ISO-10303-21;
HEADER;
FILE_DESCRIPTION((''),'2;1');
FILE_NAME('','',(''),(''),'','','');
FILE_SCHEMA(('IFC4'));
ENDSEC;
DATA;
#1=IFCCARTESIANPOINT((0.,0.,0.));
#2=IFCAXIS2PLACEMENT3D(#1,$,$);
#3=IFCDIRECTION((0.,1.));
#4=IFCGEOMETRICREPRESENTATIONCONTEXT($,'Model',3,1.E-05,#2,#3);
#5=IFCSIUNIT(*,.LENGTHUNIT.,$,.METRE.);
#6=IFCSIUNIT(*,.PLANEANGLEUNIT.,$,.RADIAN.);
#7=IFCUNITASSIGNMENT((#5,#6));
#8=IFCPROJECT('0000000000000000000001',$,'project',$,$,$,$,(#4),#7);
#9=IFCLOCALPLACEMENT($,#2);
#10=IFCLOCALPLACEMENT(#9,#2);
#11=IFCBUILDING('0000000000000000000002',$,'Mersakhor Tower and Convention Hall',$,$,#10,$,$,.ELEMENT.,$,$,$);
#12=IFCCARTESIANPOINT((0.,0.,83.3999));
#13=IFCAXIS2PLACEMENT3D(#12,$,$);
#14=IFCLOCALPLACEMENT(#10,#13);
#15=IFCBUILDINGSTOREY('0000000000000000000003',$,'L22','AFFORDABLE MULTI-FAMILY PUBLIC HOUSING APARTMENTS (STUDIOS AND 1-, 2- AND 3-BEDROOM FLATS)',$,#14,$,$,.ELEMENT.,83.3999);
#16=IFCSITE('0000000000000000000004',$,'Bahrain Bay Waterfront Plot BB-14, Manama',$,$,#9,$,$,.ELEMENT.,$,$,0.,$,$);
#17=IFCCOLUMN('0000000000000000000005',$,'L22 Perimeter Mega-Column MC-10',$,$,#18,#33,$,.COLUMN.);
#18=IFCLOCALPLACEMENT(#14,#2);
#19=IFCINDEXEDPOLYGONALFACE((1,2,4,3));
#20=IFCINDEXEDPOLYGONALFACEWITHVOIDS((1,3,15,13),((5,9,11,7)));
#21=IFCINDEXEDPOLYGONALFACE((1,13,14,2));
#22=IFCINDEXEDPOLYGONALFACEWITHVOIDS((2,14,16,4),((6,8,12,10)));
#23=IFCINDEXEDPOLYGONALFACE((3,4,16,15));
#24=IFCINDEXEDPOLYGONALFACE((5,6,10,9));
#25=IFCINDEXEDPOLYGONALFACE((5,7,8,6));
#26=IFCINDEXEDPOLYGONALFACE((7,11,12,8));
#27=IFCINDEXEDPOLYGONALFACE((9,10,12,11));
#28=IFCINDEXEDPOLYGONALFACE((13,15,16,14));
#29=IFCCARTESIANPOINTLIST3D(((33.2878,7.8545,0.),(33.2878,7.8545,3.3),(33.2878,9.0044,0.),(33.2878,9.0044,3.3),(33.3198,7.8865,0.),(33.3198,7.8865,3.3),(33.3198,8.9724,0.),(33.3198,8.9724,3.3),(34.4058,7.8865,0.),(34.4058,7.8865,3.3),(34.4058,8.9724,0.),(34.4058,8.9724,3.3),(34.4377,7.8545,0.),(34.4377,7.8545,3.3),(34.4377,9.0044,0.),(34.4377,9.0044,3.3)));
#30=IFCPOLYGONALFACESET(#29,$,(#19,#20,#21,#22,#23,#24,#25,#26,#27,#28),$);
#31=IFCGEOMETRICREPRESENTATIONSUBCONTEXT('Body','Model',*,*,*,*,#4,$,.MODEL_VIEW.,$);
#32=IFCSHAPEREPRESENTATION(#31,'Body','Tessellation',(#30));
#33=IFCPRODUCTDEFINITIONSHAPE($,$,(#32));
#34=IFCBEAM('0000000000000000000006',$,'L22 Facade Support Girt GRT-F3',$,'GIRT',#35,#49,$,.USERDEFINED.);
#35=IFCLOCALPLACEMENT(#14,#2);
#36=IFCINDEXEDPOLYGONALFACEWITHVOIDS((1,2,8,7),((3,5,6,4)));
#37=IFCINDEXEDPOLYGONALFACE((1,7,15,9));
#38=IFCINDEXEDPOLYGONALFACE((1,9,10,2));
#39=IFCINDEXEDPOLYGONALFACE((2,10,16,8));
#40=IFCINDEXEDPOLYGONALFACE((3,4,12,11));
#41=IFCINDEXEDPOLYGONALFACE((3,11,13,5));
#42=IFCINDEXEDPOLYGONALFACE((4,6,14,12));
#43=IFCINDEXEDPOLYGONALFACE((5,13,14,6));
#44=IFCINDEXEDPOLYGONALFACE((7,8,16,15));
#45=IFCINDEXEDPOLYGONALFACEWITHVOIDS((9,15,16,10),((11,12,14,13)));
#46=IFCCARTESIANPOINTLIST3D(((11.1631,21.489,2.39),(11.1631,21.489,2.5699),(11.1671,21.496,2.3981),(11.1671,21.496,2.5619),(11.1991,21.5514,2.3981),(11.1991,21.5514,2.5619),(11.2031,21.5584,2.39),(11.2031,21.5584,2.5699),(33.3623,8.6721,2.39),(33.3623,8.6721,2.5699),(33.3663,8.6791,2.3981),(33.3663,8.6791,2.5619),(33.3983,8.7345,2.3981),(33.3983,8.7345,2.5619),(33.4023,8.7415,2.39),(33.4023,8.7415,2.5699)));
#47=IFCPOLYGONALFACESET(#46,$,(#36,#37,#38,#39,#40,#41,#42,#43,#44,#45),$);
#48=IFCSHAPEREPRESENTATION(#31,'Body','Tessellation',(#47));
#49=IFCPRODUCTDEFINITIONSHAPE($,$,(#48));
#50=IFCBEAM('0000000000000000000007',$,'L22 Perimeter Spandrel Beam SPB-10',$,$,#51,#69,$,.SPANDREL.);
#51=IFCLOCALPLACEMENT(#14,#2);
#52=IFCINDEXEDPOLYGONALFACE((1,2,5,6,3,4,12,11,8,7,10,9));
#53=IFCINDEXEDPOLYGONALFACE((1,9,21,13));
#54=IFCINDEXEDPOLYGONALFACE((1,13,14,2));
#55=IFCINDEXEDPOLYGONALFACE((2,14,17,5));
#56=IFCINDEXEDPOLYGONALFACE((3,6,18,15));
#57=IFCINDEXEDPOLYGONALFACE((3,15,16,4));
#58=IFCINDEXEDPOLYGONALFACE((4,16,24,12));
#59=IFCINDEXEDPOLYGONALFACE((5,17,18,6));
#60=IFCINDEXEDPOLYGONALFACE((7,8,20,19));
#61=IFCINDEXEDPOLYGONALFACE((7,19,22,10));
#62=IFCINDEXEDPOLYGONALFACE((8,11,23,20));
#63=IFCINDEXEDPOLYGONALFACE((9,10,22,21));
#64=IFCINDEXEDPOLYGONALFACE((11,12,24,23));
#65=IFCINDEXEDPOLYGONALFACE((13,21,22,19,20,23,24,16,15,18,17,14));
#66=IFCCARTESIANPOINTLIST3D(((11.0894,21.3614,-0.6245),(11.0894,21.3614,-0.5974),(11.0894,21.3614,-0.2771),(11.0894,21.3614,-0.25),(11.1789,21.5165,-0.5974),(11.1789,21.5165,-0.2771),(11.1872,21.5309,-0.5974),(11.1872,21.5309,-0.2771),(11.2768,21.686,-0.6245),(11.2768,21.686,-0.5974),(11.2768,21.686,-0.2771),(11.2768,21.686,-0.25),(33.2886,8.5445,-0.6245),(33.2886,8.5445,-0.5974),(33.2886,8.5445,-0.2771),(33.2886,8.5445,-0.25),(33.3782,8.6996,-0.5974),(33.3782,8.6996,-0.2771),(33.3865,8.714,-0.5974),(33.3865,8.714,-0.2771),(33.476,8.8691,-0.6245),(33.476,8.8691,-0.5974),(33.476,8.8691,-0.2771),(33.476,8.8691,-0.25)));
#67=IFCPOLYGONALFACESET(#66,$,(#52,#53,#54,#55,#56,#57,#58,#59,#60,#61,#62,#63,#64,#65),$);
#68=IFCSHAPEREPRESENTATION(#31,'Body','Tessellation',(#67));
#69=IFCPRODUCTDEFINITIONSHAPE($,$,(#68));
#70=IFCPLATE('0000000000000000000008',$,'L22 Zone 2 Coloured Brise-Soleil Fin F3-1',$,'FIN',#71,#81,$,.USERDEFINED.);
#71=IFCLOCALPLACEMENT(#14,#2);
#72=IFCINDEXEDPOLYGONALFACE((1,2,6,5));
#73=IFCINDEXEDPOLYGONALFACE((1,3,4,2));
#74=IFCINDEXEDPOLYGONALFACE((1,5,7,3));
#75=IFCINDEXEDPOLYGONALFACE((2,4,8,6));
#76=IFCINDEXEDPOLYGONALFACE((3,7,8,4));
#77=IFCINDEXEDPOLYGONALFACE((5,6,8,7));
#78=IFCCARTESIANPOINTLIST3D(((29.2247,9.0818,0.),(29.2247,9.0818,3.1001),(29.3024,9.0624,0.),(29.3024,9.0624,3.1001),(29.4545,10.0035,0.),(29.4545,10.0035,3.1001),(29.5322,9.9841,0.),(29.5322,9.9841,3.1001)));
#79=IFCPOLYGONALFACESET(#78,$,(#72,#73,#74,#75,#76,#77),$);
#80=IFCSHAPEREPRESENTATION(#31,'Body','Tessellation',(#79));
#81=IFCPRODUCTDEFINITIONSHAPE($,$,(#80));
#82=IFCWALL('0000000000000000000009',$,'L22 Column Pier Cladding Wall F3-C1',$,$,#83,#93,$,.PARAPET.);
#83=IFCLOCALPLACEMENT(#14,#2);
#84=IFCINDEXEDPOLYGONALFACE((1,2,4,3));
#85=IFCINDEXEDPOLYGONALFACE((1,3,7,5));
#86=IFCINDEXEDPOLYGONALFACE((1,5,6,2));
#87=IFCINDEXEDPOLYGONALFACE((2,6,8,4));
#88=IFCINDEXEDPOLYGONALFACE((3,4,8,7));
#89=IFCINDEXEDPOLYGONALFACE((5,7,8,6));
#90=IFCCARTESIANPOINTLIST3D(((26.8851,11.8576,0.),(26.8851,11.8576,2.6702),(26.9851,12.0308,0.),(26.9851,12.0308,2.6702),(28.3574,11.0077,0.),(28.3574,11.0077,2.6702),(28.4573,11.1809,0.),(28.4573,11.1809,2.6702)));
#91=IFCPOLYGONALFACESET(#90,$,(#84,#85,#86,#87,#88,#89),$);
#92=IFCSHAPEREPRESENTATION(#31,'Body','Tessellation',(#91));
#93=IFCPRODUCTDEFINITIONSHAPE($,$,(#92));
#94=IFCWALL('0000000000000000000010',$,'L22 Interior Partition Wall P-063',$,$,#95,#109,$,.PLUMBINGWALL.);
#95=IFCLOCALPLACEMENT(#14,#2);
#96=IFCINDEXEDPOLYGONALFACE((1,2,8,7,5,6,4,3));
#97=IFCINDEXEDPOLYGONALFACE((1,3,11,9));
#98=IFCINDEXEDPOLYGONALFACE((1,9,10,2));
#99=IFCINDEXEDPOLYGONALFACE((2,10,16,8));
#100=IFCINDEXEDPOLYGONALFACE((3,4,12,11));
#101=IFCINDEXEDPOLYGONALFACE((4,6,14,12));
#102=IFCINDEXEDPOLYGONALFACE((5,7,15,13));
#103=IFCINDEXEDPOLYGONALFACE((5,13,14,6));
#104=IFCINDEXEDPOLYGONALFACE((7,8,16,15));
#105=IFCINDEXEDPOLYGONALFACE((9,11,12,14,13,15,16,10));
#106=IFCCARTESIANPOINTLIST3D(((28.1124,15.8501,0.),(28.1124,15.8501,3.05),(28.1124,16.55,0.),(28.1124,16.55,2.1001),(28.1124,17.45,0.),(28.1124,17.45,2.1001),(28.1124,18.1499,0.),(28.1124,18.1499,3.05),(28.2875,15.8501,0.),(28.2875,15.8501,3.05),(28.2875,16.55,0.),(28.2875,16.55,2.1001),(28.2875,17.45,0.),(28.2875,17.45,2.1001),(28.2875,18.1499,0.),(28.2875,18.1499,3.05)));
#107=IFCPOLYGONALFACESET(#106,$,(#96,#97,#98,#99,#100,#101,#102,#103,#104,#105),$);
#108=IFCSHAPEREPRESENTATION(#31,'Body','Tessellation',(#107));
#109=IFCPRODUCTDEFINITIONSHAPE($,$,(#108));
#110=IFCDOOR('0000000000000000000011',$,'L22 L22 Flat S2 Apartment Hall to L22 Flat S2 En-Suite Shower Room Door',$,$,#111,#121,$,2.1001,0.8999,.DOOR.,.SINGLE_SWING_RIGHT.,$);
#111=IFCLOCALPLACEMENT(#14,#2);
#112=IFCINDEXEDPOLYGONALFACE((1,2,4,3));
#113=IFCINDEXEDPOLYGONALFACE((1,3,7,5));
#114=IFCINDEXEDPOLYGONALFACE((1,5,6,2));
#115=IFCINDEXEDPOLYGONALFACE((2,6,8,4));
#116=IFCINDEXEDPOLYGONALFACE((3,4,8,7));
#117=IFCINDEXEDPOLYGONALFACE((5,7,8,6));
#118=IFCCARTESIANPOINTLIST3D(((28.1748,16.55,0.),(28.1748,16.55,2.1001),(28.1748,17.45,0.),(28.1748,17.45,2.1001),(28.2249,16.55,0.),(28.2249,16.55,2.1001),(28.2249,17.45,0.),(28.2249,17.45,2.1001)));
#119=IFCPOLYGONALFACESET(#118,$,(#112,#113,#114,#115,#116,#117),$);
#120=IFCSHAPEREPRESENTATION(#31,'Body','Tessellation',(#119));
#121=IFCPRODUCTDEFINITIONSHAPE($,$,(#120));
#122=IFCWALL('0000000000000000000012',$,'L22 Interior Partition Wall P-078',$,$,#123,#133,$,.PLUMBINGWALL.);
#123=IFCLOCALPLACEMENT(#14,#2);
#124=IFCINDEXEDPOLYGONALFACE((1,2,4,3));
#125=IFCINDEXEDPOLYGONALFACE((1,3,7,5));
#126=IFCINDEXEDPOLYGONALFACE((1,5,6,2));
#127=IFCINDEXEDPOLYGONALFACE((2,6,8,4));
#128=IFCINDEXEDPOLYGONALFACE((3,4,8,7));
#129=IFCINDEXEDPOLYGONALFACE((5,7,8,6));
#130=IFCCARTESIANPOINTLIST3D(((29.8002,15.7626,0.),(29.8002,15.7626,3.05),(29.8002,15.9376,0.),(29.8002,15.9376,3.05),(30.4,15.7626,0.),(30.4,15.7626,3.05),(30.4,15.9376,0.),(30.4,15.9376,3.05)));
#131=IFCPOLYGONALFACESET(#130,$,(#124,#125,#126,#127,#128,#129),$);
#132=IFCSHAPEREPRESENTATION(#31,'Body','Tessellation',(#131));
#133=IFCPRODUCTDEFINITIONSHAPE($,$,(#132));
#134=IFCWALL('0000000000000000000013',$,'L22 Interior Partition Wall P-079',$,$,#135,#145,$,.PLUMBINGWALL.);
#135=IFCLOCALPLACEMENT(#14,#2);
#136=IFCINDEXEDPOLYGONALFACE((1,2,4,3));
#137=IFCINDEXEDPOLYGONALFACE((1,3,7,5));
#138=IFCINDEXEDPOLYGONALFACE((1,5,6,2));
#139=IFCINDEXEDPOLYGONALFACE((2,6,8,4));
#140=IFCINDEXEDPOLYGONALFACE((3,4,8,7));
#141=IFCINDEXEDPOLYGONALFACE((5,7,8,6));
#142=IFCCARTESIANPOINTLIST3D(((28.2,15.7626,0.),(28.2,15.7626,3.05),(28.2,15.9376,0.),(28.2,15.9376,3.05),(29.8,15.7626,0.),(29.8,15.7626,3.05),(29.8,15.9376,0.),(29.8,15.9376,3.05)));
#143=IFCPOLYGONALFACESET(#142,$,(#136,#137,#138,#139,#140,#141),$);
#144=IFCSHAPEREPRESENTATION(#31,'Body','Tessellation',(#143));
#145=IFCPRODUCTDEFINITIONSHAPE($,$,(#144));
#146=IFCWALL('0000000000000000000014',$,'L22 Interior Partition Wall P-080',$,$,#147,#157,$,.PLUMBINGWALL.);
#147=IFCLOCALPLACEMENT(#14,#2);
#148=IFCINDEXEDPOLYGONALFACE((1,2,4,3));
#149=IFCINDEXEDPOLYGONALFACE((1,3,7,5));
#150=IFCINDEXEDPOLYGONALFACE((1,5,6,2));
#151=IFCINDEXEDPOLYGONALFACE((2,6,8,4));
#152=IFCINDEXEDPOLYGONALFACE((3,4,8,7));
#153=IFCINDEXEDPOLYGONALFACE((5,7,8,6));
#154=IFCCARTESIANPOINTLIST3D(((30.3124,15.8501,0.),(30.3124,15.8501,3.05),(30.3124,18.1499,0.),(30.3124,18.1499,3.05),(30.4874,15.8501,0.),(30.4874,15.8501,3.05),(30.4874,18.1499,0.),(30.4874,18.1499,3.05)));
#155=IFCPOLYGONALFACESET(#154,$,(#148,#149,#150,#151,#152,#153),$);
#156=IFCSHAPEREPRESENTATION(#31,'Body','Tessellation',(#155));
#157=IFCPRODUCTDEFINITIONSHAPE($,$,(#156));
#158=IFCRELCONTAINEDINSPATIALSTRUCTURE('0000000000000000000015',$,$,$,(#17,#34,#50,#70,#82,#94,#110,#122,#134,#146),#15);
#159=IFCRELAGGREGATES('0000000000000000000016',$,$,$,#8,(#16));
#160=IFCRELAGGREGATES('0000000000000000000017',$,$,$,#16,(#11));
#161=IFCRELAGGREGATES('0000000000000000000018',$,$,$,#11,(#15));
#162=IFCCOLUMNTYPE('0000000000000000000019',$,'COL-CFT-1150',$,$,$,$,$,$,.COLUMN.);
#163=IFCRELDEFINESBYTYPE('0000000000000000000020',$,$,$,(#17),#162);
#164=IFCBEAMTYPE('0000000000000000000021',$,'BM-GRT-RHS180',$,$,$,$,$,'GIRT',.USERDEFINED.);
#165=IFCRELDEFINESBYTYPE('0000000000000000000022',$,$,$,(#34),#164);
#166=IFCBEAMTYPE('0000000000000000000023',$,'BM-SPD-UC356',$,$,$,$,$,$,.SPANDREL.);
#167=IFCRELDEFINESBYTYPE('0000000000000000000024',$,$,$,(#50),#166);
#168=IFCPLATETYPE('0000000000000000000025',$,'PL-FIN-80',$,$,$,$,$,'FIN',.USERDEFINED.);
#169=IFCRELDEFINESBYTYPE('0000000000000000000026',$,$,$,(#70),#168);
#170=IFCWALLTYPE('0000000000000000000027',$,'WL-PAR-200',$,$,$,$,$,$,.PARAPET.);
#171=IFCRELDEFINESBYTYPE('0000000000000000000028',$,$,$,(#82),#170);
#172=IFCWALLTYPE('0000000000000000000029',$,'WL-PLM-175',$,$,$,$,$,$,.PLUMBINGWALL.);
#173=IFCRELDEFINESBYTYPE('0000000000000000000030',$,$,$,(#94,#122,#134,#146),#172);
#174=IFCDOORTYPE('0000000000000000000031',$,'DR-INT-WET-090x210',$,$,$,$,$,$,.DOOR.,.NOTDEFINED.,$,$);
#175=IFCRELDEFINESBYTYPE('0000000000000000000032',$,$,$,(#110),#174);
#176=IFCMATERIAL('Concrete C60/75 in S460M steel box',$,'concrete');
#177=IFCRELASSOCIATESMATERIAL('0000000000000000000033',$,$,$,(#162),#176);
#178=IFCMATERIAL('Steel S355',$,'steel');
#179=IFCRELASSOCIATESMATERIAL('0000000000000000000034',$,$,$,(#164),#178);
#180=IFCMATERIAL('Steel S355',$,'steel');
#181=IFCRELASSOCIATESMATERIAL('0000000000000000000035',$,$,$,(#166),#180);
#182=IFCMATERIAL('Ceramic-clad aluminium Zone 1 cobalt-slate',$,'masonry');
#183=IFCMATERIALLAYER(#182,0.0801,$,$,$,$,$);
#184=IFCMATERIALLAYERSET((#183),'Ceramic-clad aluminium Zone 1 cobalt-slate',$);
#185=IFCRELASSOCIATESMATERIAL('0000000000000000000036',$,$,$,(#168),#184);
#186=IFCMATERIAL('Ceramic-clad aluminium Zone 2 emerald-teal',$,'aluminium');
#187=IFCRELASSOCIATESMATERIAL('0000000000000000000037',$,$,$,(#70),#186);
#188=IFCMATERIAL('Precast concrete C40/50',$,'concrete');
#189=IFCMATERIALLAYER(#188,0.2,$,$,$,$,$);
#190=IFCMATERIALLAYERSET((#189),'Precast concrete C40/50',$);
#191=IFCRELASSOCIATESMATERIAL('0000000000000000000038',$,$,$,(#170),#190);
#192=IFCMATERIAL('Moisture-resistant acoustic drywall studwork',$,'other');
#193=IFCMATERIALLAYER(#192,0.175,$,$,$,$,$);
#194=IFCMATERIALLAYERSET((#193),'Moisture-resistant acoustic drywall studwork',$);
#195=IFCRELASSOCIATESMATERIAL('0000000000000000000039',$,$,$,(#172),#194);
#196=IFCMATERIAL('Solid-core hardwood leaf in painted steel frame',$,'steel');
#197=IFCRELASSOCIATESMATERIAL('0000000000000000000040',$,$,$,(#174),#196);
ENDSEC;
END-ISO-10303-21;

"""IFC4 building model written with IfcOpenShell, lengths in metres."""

from ifc_helpers import new_model, si_unit, direction, frame, frame_2d, origin, origin_2d, place, context, subcontext, project, spatial, rectangle, hollow_rectangle, i_section, extrude, material, layer, layer_set, material_profile, profile_set, type_object, element, fill, save


model = new_model("IFC4")

# Units and contexts
model_context = context("Model", 3, precision=1e-05, world=origin(), true_north=direction((0.0, 1.0)))
body_context = subcontext(model_context, "Body", "Model", "MODEL_VIEW")
ifc_project = project(units=[si_unit("LENGTHUNIT", "METRE"), si_unit("PLANEANGLEUNIT", "RADIAN")], contexts=[model_context])

# Site, building, storey
site_placement = place(None, origin())
site = spatial("IfcSite", under=ifc_project, at=site_placement, Name="Bahrain Bay Waterfront Plot BB-14, Manama", CompositionType="ELEMENT", RefElevation=0.0)
building_placement = place(site_placement, origin())
building = spatial("IfcBuilding", under=site, at=building_placement, Name="Mersakhor Tower and Convention Hall", CompositionType="ELEMENT")
storey_placement = place(building_placement, frame((0.0, 0.0, 83.3999)))
storey = spatial("IfcBuildingStorey", under=building, at=storey_placement, Name="L22", Description="AFFORDABLE MULTI-FAMILY PUBLIC HOUSING APARTMENTS (STUDIOS AND 1-, 2- AND 3-BEDROOM FLATS)", CompositionType="ELEMENT", Elevation=83.3999)

# Column
ifc_material_1 = material(Name="Concrete C60/75 in S460M steel box", Category="concrete")
ifc_material_profile_1 = material_profile(ifc_material_1, hollow_rectangle(XDim=1.1499, YDim=1.1499, WallThickness=0.032, at=origin_2d()), Name="SHS 1150x1150x32")
ifc_profile_set_1 = profile_set([ifc_material_profile_1], Name="Concrete C60/75 in S460M steel box")
column_type = type_object("IfcColumnType", Name="COL-CFT-1150", PredefinedType="COLUMN", material=ifc_profile_set_1)
column_placement = place(storey_placement, frame((33.8628, 8.4294, 0.0), z_axis=(0.0, 0.0, 1.0), x_axis=(1.0, 0.0, 0.0)))
element("IfcColumn", 1, at=column_placement, inside=storey, type_object=column_type, Name="L22 Perimeter Mega-Column MC-10", PredefinedType="COLUMN", context=body_context, shape_type="SweptSolid", body=[
    extrude(hollow_rectangle(XDim=1.1499, YDim=1.1499, WallThickness=0.032, at=origin_2d()), origin(), (0.0, 0.0, 1.0), 3.3),
])

# Beams
ifc_material_2 = material(Name="Steel S355", Category="steel")
ifc_material_profile_2 = material_profile(ifc_material_2, hollow_rectangle(XDim=0.0801, YDim=0.1799, WallThickness=0.0081, at=origin_2d()), Name="RHS 180x80x8")
ifc_profile_set_2 = profile_set([ifc_material_profile_2], Name="Steel S355")
beam_type_1 = type_object("IfcBeamType", Name="BM-GRT-RHS180", ElementType="GIRT", PredefinedType="USERDEFINED", material=ifc_profile_set_2)
beam_1_placement = place(storey_placement, frame((33.3823, 8.7068, 2.48), z_axis=(-0.866023, 0.500005, 0.0), x_axis=(-0.500005, -0.866023, 0.0)))
element("IfcBeam", 2, at=beam_1_placement, inside=storey, type_object=beam_type_1, Name="L22 Facade Support Girt GRT-F3", ObjectType="GIRT", PredefinedType="USERDEFINED", context=body_context, shape_type="SweptSolid", body=[
    extrude(hollow_rectangle(XDim=0.0801, YDim=0.1799, WallThickness=0.0081, at=origin_2d()), origin(), (0.0, 0.0, 1.0), 25.6335),
])
ifc_material_3 = material(Name="Steel S355", Category="steel")
ifc_material_profile_3 = material_profile(ifc_material_3, i_section(OverallWidth=0.3748, OverallDepth=0.3745, WebThickness=0.0166, FlangeThickness=0.0271, at=origin_2d()), Name="UC 356x368x202")
ifc_profile_set_3 = profile_set([ifc_material_profile_3], Name="Steel S355")
beam_type_2 = type_object("IfcBeamType", Name="BM-SPD-UC356", PredefinedType="SPANDREL", material=ifc_profile_set_3)
beam_2_placement = place(storey_placement, frame((33.3823, 8.7068, -0.4373), z_axis=(-0.866023, 0.500005, 0.0), x_axis=(-0.500005, -0.866023, 0.0)))
element("IfcBeam", 3, at=beam_2_placement, inside=storey, type_object=beam_type_2, Name="L22 Perimeter Spandrel Beam SPB-10", PredefinedType="SPANDREL", context=body_context, shape_type="SweptSolid", body=[
    extrude(i_section(OverallWidth=0.3748, OverallDepth=0.3745, WebThickness=0.0166, FlangeThickness=0.0271, at=origin_2d()), origin(), (0.0, 0.0, 1.0), 25.6335),
])

# Plate
ifc_material_4 = material(Name="Ceramic-clad aluminium Zone 2 emerald-teal", Category="aluminium")
ifc_material_5 = material(Name="Ceramic-clad aluminium Zone 1 cobalt-slate", Category="masonry")
ifc_layer_1 = layer(ifc_material_5, 0.0801)
ifc_layer_set_1 = layer_set([ifc_layer_1], Name="Ceramic-clad aluminium Zone 1 cobalt-slate")
plate_type = type_object("IfcPlateType", Name="PL-FIN-80", ElementType="FIN", PredefinedType="USERDEFINED", material=ifc_layer_set_1)
plate_placement = place(storey_placement, frame((29.3784, 9.533, 0.0), z_axis=(0.0, 0.0, 1.0), x_axis=(-0.241922, -0.970296, 0.0)))
element("IfcPlate", 4, at=plate_placement, inside=storey, type_object=plate_type, material=ifc_material_4, Name="L22 Zone 2 Coloured Brise-Soleil Fin F3-1", ObjectType="FIN", PredefinedType="USERDEFINED", context=body_context, shape_type="SweptSolid", body=[
    extrude(rectangle(XDim=0.95, YDim=0.0801, at=origin_2d()), origin(), (0.0, 0.0, 1.0), 3.1001),
])

# Wall
ifc_material_6 = material(Name="Precast concrete C40/50", Category="concrete")
ifc_layer_2 = layer(ifc_material_6, 0.2)
ifc_layer_set_2 = layer_set([ifc_layer_2], Name="Precast concrete C40/50")
wall_type_1 = type_object("IfcWallType", Name="WL-PAR-200", PredefinedType="PARAPET", material=ifc_layer_set_2)
wall_1_placement = place(storey_placement, frame((28.4075, 11.0942, 0.0), z_axis=(0.0, 0.0, 1.0), x_axis=(-0.866052, 0.499955, 0.0)))
element("IfcWall", 5, at=wall_1_placement, inside=storey, type_object=wall_type_1, Name="L22 Column Pier Cladding Wall F3-C1", PredefinedType="PARAPET", context=body_context, shape_type="SweptSolid", body=[
    extrude(rectangle(XDim=1.7, YDim=0.2, at=frame_2d((0.8501, 0.0))), origin(), (0.0, 0.0, 1.0), 2.6702),
])

# Wall, opening, door
ifc_material_7 = material(Name="Moisture-resistant acoustic drywall studwork", Category="other")
ifc_layer_3 = layer(ifc_material_7, 0.175)
ifc_layer_set_3 = layer_set([ifc_layer_3], Name="Moisture-resistant acoustic drywall studwork")
wall_type_2 = type_object("IfcWallType", Name="WL-PLM-175", PredefinedType="PLUMBINGWALL", material=ifc_layer_set_3)
wall_2_placement = place(storey_placement, frame((28.2, 18.1499, 0.0), z_axis=(0.0, 0.0, 1.0), x_axis=(0.0, -1.0, 0.0)))
wall_2 = element("IfcWall", 6, at=wall_2_placement, inside=storey, type_object=wall_type_2, Name="L22 Interior Partition Wall P-063", PredefinedType="PLUMBINGWALL", context=body_context, shape_type="SweptSolid", body=[
    extrude(rectangle(XDim=2.2998, YDim=0.175, at=frame_2d((1.1499, 0.0))), origin(), (0.0, 0.0, 1.0), 3.05),
])
opening_1_placement = place(wall_2_placement, frame((0.7, 0.0, 0.0)))
opening_1 = element("IfcOpeningElement", 7, at=opening_1_placement, cuts=wall_2, PredefinedType="OPENING", context=body_context, shape_type="SweptSolid", body=[
    extrude(rectangle(XDim=0.8999, YDim=2.1001, at=frame_2d((0.45, 1.05))), frame((0.0, 0.0974, 0.0), z_axis=(0.0, -1.0, 0.0), x_axis=(1.0, 0.0, 0.0)), (0.0, 0.0, 1.0), 0.1951),
])
ifc_material_8 = material(Name="Solid-core hardwood leaf in painted steel frame", Category="steel")
door_type_1 = type_object("IfcDoorType", Name="DR-INT-WET-090x210", OperationType="NOTDEFINED", PredefinedType="DOOR", material=ifc_material_8)
door_1_placement = place(opening_1_placement, origin())
door_1 = element("IfcDoor", 8, at=door_1_placement, inside=storey, type_object=door_type_1, Name="L22 L22 Flat S2 Apartment Hall to L22 Flat S2 En-Suite Shower Room Door", OperationType="SINGLE_SWING_RIGHT", OverallHeight=2.1001, OverallWidth=0.8999, PredefinedType="DOOR", context=body_context, shape_type="SweptSolid", body=[
    extrude(rectangle(XDim=0.8999, YDim=2.1001, at=frame_2d((0.45, 1.05))), frame((0.0, 0.0249, 0.0), z_axis=(0.0, -1.0, 0.0), x_axis=(1.0, 0.0, 0.0)), (0.0, 0.0, 1.0), 0.05),
])
fill(opening_1, door_1)

# Walls
wall_3_placement = place(storey_placement, frame((30.3999, 15.8501, 0.0), z_axis=(0.0, 0.0, 1.0), x_axis=(-1.0, 0.0, 0.0)))
element("IfcWall", 9, at=wall_3_placement, inside=storey, type_object=wall_type_2, Name="L22 Interior Partition Wall P-078", PredefinedType="PLUMBINGWALL", context=body_context, shape_type="SweptSolid", body=[
    extrude(rectangle(XDim=0.5999, YDim=0.175, at=frame_2d((0.2998, 0.0))), origin(), (0.0, 0.0, 1.0), 3.05),
])
wall_4_placement = place(storey_placement, frame((29.8, 15.8501, 0.0), z_axis=(0.0, 0.0, 1.0), x_axis=(-1.0, 0.0, 0.0)))
element("IfcWall", 10, at=wall_4_placement, inside=storey, type_object=wall_type_2, Name="L22 Interior Partition Wall P-079", PredefinedType="PLUMBINGWALL", context=body_context, shape_type="SweptSolid", body=[
    extrude(rectangle(XDim=1.6001, YDim=0.175, at=frame_2d((0.8, 0.0))), origin(), (0.0, 0.0, 1.0), 3.05),
])
wall_5_placement = place(storey_placement, frame((30.3999, 18.1499, 0.0), z_axis=(0.0, 0.0, 1.0), x_axis=(0.0, -1.0, 0.0)))
element("IfcWall", 11, at=wall_5_placement, inside=storey, type_object=wall_type_2, Name="L22 Interior Partition Wall P-080", PredefinedType="PLUMBINGWALL", context=body_context, shape_type="SweptSolid", body=[
    extrude(rectangle(XDim=2.2998, YDim=0.175, at=frame_2d((1.1499, 0.0))), origin(), (0.0, 0.0, 1.0), 3.05),
])

save(model, "model.ifc")
